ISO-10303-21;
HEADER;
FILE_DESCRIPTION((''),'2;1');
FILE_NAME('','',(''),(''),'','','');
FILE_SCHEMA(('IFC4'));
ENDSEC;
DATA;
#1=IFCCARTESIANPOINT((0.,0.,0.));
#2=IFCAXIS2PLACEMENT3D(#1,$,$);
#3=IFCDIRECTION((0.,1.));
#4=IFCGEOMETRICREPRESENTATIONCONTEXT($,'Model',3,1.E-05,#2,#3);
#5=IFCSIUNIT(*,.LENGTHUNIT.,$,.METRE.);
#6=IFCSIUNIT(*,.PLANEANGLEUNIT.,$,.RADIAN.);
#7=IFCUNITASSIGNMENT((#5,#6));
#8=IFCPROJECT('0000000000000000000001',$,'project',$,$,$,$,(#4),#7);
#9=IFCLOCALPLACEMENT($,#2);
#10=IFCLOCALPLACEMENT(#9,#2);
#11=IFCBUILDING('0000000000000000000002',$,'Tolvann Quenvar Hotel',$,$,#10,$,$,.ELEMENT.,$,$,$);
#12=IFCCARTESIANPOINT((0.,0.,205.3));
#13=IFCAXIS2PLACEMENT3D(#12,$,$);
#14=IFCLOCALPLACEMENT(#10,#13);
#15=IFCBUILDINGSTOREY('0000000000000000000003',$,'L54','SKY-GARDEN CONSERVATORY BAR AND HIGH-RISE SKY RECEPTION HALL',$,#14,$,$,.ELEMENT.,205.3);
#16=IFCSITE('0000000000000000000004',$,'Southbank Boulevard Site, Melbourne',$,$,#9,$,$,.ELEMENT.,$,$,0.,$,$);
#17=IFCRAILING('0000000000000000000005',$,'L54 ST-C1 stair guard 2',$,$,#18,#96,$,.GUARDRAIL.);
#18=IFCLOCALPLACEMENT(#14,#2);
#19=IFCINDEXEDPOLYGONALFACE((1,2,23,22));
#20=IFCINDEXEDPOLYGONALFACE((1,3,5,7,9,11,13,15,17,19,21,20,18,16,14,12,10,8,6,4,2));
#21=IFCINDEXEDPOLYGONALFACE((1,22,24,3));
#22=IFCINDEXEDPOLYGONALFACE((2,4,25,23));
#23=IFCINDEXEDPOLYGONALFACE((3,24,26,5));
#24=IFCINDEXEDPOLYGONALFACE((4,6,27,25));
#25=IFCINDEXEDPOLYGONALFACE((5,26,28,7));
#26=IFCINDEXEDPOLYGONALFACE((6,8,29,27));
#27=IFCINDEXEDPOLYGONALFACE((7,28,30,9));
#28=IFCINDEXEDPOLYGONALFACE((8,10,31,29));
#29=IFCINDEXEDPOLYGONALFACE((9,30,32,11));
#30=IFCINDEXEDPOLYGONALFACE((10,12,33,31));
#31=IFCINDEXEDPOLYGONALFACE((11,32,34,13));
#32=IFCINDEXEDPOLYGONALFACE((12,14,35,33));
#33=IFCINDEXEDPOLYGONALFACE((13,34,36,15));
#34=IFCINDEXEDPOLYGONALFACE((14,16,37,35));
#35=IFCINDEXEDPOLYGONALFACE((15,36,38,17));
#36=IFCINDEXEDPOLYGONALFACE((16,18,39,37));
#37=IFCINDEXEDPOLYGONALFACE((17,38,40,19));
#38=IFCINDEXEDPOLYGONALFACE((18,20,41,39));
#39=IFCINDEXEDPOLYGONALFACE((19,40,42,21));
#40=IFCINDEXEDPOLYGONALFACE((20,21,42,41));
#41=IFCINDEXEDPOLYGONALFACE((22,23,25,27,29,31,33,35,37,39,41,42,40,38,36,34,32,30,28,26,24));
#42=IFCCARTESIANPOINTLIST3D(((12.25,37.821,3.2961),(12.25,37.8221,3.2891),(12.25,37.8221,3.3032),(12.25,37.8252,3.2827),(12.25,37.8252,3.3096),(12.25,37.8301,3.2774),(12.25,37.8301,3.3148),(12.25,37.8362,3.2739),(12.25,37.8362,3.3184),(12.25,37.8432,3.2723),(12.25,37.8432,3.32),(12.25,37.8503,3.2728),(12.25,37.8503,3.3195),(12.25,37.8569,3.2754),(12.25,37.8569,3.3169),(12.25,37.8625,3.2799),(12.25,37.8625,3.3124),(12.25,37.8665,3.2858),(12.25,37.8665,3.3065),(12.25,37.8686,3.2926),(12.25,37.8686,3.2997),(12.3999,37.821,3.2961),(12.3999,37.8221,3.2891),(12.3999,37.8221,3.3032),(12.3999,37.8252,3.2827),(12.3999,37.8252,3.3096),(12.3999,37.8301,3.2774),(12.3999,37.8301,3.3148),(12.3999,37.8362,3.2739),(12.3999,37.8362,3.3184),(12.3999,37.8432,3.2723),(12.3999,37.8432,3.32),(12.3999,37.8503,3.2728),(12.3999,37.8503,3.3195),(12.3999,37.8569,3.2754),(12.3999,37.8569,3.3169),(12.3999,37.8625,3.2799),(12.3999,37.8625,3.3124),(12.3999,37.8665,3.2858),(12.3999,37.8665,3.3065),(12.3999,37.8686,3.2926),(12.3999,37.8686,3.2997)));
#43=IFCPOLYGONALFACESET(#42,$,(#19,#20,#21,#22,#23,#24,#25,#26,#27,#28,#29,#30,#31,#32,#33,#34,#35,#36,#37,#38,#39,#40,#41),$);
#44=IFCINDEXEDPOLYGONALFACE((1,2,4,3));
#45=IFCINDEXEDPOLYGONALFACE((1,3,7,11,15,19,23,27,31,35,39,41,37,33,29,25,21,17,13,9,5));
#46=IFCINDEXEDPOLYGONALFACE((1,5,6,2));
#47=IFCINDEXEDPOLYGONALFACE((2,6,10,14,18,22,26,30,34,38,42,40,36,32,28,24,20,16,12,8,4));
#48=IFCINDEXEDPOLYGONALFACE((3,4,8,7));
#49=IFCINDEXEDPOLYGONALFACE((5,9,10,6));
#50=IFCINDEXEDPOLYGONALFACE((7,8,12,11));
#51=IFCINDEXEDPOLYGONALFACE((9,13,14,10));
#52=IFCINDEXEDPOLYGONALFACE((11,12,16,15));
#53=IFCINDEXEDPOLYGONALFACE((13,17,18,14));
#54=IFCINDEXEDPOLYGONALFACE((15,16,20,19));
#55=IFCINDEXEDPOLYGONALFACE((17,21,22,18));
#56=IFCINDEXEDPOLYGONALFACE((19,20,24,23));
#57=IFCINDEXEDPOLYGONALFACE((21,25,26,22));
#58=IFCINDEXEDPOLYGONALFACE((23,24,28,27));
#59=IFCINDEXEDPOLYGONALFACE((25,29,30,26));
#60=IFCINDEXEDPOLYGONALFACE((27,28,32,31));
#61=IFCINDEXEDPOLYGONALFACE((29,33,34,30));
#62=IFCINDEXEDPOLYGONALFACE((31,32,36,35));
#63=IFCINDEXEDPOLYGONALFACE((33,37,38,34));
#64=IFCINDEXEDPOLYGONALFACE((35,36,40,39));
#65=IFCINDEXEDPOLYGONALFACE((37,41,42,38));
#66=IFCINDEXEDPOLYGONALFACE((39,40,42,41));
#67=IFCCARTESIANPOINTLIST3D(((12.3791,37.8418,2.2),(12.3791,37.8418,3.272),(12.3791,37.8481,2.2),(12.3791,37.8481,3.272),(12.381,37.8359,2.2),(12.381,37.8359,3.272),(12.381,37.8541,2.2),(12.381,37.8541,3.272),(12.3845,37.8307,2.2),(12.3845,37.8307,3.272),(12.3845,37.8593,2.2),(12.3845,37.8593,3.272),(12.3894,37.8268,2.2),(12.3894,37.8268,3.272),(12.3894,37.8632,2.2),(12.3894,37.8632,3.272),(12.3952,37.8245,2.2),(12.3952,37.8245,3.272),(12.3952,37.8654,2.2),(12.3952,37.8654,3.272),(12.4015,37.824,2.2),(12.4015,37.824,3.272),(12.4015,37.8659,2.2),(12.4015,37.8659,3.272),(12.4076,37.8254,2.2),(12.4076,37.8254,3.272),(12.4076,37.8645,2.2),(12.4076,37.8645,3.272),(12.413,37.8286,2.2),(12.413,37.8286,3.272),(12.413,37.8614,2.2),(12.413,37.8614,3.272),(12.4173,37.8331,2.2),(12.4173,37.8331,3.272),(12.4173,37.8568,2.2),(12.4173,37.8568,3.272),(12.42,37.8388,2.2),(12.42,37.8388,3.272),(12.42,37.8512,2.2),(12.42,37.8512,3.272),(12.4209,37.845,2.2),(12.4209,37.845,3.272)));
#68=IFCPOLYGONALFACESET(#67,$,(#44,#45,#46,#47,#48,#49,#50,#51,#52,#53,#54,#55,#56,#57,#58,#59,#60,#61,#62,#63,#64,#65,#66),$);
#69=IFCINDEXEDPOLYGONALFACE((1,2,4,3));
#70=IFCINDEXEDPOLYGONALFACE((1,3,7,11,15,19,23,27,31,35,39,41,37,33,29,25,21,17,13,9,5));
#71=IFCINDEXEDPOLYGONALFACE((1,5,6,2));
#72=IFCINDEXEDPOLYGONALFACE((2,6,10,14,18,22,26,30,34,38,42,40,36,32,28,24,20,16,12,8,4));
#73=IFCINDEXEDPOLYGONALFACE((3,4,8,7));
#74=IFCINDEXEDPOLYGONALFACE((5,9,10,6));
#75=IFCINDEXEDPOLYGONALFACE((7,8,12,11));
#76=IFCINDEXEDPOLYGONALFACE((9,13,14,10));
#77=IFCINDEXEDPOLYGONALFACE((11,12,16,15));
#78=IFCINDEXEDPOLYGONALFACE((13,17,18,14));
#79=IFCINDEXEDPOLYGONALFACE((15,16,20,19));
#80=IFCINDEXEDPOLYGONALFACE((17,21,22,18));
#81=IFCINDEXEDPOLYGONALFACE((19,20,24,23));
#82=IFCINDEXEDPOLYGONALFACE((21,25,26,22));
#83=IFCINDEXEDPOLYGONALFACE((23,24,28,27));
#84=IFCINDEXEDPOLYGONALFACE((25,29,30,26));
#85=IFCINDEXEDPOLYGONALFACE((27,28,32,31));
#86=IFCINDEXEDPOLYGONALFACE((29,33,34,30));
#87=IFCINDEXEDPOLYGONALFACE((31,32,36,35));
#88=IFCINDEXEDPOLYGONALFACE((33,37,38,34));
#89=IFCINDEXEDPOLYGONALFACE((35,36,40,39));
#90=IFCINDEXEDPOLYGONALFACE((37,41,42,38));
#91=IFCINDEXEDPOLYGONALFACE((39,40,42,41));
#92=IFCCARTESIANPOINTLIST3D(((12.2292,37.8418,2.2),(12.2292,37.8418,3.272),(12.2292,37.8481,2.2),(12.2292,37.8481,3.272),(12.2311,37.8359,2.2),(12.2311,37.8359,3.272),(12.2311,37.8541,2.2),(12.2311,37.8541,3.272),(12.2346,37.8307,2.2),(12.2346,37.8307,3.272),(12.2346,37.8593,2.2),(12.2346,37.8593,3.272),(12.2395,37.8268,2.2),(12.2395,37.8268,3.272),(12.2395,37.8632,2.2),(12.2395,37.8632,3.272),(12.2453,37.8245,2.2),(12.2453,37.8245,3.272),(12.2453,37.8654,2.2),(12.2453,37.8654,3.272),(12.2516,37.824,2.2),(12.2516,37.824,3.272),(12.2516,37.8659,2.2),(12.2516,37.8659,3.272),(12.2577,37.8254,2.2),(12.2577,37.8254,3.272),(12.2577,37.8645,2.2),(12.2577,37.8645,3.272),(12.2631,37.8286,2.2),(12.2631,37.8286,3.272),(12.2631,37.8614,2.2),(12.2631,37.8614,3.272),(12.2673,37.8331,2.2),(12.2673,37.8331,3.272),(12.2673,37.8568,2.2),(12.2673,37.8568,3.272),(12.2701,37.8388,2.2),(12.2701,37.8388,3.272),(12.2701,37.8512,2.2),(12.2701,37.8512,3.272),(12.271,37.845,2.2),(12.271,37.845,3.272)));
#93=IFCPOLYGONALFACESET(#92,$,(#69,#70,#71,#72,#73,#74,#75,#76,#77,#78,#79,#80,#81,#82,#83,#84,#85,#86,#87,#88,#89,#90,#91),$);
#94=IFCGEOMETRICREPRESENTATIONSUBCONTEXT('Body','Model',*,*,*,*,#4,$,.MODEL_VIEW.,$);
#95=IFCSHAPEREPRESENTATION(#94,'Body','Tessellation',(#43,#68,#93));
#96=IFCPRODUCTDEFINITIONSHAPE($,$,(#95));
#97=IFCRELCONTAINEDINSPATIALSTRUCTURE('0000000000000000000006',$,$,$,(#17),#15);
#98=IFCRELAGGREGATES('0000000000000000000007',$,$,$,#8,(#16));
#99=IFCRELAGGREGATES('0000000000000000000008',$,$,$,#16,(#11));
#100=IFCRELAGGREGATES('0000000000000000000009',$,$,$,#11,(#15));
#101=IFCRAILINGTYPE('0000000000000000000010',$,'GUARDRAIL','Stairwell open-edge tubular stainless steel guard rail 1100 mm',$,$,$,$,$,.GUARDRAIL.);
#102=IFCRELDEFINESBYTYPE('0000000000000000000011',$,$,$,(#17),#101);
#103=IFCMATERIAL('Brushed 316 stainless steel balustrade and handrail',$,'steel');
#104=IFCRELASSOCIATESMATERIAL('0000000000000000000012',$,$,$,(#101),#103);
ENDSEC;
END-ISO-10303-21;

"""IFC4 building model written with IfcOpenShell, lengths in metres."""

from ifc_helpers import new_model, si_unit, direction, frame, origin, origin_2d, place, context, subcontext, project, spatial, circle, extrude, material, type_object, element, save


model = new_model("IFC4")

# Units and contexts
model_context = context("Model", 3, precision=1e-05, world=origin(), true_north=direction((0.0, 1.0)))
body_context = subcontext(model_context, "Body", "Model", "MODEL_VIEW")
ifc_project = project(units=[si_unit("LENGTHUNIT", "METRE"), si_unit("PLANEANGLEUNIT", "RADIAN")], contexts=[model_context])

# Site, building, storey
site_placement = place(None, origin())
site = spatial("IfcSite", under=ifc_project, at=site_placement, Name="Southbank Boulevard Site, Melbourne", CompositionType="ELEMENT", RefElevation=0.0)
building_placement = place(site_placement, origin())
building = spatial("IfcBuilding", under=site, at=building_placement, Name="Tolvann Quenvar Hotel", CompositionType="ELEMENT")
storey_placement = place(building_placement, frame((0.0, 0.0, 205.3)))
storey = spatial("IfcBuildingStorey", under=building, at=storey_placement, Name="L54", Description="SKY-GARDEN CONSERVATORY BAR AND HIGH-RISE SKY RECEPTION HALL", CompositionType="ELEMENT", Elevation=205.3)

# Railing
ifc_material_1 = material(Name="Brushed 316 stainless steel balustrade and handrail", Category="steel")
railing_type_1 = type_object("IfcRailingType", Name="GUARDRAIL", Description="Stairwell open-edge tubular stainless steel guard rail 1100 mm", PredefinedType="GUARDRAIL", material=ifc_material_1)
railing_1_placement = place(storey_placement, frame((12.3999, 37.845, 2.2)))
element("IfcRailing", 1, at=railing_1_placement, inside=storey, type_object=railing_type_1, Name="L54 ST-C1 stair guard 2", PredefinedType="GUARDRAIL", context=body_context, shape_type="SweptSolid", body=[
    extrude(circle(Radius=0.0239, at=origin_2d()), frame((0.0, 0.0, 1.0962), z_axis=(-1.0, 0.0, 0.0), x_axis=(0.0, -1.0, 0.0)), (0.0, 0.0, 1.0), 0.1499),
    extrude(circle(Radius=0.021, at=origin_2d()), origin(), (0.0, 0.0, 1.0), 1.072),
    extrude(circle(Radius=0.021, at=origin_2d()), frame((-0.1499, 0.0, 0.0)), (0.0, 0.0, 1.0), 1.072),
])

save(model, "model.ifc")
